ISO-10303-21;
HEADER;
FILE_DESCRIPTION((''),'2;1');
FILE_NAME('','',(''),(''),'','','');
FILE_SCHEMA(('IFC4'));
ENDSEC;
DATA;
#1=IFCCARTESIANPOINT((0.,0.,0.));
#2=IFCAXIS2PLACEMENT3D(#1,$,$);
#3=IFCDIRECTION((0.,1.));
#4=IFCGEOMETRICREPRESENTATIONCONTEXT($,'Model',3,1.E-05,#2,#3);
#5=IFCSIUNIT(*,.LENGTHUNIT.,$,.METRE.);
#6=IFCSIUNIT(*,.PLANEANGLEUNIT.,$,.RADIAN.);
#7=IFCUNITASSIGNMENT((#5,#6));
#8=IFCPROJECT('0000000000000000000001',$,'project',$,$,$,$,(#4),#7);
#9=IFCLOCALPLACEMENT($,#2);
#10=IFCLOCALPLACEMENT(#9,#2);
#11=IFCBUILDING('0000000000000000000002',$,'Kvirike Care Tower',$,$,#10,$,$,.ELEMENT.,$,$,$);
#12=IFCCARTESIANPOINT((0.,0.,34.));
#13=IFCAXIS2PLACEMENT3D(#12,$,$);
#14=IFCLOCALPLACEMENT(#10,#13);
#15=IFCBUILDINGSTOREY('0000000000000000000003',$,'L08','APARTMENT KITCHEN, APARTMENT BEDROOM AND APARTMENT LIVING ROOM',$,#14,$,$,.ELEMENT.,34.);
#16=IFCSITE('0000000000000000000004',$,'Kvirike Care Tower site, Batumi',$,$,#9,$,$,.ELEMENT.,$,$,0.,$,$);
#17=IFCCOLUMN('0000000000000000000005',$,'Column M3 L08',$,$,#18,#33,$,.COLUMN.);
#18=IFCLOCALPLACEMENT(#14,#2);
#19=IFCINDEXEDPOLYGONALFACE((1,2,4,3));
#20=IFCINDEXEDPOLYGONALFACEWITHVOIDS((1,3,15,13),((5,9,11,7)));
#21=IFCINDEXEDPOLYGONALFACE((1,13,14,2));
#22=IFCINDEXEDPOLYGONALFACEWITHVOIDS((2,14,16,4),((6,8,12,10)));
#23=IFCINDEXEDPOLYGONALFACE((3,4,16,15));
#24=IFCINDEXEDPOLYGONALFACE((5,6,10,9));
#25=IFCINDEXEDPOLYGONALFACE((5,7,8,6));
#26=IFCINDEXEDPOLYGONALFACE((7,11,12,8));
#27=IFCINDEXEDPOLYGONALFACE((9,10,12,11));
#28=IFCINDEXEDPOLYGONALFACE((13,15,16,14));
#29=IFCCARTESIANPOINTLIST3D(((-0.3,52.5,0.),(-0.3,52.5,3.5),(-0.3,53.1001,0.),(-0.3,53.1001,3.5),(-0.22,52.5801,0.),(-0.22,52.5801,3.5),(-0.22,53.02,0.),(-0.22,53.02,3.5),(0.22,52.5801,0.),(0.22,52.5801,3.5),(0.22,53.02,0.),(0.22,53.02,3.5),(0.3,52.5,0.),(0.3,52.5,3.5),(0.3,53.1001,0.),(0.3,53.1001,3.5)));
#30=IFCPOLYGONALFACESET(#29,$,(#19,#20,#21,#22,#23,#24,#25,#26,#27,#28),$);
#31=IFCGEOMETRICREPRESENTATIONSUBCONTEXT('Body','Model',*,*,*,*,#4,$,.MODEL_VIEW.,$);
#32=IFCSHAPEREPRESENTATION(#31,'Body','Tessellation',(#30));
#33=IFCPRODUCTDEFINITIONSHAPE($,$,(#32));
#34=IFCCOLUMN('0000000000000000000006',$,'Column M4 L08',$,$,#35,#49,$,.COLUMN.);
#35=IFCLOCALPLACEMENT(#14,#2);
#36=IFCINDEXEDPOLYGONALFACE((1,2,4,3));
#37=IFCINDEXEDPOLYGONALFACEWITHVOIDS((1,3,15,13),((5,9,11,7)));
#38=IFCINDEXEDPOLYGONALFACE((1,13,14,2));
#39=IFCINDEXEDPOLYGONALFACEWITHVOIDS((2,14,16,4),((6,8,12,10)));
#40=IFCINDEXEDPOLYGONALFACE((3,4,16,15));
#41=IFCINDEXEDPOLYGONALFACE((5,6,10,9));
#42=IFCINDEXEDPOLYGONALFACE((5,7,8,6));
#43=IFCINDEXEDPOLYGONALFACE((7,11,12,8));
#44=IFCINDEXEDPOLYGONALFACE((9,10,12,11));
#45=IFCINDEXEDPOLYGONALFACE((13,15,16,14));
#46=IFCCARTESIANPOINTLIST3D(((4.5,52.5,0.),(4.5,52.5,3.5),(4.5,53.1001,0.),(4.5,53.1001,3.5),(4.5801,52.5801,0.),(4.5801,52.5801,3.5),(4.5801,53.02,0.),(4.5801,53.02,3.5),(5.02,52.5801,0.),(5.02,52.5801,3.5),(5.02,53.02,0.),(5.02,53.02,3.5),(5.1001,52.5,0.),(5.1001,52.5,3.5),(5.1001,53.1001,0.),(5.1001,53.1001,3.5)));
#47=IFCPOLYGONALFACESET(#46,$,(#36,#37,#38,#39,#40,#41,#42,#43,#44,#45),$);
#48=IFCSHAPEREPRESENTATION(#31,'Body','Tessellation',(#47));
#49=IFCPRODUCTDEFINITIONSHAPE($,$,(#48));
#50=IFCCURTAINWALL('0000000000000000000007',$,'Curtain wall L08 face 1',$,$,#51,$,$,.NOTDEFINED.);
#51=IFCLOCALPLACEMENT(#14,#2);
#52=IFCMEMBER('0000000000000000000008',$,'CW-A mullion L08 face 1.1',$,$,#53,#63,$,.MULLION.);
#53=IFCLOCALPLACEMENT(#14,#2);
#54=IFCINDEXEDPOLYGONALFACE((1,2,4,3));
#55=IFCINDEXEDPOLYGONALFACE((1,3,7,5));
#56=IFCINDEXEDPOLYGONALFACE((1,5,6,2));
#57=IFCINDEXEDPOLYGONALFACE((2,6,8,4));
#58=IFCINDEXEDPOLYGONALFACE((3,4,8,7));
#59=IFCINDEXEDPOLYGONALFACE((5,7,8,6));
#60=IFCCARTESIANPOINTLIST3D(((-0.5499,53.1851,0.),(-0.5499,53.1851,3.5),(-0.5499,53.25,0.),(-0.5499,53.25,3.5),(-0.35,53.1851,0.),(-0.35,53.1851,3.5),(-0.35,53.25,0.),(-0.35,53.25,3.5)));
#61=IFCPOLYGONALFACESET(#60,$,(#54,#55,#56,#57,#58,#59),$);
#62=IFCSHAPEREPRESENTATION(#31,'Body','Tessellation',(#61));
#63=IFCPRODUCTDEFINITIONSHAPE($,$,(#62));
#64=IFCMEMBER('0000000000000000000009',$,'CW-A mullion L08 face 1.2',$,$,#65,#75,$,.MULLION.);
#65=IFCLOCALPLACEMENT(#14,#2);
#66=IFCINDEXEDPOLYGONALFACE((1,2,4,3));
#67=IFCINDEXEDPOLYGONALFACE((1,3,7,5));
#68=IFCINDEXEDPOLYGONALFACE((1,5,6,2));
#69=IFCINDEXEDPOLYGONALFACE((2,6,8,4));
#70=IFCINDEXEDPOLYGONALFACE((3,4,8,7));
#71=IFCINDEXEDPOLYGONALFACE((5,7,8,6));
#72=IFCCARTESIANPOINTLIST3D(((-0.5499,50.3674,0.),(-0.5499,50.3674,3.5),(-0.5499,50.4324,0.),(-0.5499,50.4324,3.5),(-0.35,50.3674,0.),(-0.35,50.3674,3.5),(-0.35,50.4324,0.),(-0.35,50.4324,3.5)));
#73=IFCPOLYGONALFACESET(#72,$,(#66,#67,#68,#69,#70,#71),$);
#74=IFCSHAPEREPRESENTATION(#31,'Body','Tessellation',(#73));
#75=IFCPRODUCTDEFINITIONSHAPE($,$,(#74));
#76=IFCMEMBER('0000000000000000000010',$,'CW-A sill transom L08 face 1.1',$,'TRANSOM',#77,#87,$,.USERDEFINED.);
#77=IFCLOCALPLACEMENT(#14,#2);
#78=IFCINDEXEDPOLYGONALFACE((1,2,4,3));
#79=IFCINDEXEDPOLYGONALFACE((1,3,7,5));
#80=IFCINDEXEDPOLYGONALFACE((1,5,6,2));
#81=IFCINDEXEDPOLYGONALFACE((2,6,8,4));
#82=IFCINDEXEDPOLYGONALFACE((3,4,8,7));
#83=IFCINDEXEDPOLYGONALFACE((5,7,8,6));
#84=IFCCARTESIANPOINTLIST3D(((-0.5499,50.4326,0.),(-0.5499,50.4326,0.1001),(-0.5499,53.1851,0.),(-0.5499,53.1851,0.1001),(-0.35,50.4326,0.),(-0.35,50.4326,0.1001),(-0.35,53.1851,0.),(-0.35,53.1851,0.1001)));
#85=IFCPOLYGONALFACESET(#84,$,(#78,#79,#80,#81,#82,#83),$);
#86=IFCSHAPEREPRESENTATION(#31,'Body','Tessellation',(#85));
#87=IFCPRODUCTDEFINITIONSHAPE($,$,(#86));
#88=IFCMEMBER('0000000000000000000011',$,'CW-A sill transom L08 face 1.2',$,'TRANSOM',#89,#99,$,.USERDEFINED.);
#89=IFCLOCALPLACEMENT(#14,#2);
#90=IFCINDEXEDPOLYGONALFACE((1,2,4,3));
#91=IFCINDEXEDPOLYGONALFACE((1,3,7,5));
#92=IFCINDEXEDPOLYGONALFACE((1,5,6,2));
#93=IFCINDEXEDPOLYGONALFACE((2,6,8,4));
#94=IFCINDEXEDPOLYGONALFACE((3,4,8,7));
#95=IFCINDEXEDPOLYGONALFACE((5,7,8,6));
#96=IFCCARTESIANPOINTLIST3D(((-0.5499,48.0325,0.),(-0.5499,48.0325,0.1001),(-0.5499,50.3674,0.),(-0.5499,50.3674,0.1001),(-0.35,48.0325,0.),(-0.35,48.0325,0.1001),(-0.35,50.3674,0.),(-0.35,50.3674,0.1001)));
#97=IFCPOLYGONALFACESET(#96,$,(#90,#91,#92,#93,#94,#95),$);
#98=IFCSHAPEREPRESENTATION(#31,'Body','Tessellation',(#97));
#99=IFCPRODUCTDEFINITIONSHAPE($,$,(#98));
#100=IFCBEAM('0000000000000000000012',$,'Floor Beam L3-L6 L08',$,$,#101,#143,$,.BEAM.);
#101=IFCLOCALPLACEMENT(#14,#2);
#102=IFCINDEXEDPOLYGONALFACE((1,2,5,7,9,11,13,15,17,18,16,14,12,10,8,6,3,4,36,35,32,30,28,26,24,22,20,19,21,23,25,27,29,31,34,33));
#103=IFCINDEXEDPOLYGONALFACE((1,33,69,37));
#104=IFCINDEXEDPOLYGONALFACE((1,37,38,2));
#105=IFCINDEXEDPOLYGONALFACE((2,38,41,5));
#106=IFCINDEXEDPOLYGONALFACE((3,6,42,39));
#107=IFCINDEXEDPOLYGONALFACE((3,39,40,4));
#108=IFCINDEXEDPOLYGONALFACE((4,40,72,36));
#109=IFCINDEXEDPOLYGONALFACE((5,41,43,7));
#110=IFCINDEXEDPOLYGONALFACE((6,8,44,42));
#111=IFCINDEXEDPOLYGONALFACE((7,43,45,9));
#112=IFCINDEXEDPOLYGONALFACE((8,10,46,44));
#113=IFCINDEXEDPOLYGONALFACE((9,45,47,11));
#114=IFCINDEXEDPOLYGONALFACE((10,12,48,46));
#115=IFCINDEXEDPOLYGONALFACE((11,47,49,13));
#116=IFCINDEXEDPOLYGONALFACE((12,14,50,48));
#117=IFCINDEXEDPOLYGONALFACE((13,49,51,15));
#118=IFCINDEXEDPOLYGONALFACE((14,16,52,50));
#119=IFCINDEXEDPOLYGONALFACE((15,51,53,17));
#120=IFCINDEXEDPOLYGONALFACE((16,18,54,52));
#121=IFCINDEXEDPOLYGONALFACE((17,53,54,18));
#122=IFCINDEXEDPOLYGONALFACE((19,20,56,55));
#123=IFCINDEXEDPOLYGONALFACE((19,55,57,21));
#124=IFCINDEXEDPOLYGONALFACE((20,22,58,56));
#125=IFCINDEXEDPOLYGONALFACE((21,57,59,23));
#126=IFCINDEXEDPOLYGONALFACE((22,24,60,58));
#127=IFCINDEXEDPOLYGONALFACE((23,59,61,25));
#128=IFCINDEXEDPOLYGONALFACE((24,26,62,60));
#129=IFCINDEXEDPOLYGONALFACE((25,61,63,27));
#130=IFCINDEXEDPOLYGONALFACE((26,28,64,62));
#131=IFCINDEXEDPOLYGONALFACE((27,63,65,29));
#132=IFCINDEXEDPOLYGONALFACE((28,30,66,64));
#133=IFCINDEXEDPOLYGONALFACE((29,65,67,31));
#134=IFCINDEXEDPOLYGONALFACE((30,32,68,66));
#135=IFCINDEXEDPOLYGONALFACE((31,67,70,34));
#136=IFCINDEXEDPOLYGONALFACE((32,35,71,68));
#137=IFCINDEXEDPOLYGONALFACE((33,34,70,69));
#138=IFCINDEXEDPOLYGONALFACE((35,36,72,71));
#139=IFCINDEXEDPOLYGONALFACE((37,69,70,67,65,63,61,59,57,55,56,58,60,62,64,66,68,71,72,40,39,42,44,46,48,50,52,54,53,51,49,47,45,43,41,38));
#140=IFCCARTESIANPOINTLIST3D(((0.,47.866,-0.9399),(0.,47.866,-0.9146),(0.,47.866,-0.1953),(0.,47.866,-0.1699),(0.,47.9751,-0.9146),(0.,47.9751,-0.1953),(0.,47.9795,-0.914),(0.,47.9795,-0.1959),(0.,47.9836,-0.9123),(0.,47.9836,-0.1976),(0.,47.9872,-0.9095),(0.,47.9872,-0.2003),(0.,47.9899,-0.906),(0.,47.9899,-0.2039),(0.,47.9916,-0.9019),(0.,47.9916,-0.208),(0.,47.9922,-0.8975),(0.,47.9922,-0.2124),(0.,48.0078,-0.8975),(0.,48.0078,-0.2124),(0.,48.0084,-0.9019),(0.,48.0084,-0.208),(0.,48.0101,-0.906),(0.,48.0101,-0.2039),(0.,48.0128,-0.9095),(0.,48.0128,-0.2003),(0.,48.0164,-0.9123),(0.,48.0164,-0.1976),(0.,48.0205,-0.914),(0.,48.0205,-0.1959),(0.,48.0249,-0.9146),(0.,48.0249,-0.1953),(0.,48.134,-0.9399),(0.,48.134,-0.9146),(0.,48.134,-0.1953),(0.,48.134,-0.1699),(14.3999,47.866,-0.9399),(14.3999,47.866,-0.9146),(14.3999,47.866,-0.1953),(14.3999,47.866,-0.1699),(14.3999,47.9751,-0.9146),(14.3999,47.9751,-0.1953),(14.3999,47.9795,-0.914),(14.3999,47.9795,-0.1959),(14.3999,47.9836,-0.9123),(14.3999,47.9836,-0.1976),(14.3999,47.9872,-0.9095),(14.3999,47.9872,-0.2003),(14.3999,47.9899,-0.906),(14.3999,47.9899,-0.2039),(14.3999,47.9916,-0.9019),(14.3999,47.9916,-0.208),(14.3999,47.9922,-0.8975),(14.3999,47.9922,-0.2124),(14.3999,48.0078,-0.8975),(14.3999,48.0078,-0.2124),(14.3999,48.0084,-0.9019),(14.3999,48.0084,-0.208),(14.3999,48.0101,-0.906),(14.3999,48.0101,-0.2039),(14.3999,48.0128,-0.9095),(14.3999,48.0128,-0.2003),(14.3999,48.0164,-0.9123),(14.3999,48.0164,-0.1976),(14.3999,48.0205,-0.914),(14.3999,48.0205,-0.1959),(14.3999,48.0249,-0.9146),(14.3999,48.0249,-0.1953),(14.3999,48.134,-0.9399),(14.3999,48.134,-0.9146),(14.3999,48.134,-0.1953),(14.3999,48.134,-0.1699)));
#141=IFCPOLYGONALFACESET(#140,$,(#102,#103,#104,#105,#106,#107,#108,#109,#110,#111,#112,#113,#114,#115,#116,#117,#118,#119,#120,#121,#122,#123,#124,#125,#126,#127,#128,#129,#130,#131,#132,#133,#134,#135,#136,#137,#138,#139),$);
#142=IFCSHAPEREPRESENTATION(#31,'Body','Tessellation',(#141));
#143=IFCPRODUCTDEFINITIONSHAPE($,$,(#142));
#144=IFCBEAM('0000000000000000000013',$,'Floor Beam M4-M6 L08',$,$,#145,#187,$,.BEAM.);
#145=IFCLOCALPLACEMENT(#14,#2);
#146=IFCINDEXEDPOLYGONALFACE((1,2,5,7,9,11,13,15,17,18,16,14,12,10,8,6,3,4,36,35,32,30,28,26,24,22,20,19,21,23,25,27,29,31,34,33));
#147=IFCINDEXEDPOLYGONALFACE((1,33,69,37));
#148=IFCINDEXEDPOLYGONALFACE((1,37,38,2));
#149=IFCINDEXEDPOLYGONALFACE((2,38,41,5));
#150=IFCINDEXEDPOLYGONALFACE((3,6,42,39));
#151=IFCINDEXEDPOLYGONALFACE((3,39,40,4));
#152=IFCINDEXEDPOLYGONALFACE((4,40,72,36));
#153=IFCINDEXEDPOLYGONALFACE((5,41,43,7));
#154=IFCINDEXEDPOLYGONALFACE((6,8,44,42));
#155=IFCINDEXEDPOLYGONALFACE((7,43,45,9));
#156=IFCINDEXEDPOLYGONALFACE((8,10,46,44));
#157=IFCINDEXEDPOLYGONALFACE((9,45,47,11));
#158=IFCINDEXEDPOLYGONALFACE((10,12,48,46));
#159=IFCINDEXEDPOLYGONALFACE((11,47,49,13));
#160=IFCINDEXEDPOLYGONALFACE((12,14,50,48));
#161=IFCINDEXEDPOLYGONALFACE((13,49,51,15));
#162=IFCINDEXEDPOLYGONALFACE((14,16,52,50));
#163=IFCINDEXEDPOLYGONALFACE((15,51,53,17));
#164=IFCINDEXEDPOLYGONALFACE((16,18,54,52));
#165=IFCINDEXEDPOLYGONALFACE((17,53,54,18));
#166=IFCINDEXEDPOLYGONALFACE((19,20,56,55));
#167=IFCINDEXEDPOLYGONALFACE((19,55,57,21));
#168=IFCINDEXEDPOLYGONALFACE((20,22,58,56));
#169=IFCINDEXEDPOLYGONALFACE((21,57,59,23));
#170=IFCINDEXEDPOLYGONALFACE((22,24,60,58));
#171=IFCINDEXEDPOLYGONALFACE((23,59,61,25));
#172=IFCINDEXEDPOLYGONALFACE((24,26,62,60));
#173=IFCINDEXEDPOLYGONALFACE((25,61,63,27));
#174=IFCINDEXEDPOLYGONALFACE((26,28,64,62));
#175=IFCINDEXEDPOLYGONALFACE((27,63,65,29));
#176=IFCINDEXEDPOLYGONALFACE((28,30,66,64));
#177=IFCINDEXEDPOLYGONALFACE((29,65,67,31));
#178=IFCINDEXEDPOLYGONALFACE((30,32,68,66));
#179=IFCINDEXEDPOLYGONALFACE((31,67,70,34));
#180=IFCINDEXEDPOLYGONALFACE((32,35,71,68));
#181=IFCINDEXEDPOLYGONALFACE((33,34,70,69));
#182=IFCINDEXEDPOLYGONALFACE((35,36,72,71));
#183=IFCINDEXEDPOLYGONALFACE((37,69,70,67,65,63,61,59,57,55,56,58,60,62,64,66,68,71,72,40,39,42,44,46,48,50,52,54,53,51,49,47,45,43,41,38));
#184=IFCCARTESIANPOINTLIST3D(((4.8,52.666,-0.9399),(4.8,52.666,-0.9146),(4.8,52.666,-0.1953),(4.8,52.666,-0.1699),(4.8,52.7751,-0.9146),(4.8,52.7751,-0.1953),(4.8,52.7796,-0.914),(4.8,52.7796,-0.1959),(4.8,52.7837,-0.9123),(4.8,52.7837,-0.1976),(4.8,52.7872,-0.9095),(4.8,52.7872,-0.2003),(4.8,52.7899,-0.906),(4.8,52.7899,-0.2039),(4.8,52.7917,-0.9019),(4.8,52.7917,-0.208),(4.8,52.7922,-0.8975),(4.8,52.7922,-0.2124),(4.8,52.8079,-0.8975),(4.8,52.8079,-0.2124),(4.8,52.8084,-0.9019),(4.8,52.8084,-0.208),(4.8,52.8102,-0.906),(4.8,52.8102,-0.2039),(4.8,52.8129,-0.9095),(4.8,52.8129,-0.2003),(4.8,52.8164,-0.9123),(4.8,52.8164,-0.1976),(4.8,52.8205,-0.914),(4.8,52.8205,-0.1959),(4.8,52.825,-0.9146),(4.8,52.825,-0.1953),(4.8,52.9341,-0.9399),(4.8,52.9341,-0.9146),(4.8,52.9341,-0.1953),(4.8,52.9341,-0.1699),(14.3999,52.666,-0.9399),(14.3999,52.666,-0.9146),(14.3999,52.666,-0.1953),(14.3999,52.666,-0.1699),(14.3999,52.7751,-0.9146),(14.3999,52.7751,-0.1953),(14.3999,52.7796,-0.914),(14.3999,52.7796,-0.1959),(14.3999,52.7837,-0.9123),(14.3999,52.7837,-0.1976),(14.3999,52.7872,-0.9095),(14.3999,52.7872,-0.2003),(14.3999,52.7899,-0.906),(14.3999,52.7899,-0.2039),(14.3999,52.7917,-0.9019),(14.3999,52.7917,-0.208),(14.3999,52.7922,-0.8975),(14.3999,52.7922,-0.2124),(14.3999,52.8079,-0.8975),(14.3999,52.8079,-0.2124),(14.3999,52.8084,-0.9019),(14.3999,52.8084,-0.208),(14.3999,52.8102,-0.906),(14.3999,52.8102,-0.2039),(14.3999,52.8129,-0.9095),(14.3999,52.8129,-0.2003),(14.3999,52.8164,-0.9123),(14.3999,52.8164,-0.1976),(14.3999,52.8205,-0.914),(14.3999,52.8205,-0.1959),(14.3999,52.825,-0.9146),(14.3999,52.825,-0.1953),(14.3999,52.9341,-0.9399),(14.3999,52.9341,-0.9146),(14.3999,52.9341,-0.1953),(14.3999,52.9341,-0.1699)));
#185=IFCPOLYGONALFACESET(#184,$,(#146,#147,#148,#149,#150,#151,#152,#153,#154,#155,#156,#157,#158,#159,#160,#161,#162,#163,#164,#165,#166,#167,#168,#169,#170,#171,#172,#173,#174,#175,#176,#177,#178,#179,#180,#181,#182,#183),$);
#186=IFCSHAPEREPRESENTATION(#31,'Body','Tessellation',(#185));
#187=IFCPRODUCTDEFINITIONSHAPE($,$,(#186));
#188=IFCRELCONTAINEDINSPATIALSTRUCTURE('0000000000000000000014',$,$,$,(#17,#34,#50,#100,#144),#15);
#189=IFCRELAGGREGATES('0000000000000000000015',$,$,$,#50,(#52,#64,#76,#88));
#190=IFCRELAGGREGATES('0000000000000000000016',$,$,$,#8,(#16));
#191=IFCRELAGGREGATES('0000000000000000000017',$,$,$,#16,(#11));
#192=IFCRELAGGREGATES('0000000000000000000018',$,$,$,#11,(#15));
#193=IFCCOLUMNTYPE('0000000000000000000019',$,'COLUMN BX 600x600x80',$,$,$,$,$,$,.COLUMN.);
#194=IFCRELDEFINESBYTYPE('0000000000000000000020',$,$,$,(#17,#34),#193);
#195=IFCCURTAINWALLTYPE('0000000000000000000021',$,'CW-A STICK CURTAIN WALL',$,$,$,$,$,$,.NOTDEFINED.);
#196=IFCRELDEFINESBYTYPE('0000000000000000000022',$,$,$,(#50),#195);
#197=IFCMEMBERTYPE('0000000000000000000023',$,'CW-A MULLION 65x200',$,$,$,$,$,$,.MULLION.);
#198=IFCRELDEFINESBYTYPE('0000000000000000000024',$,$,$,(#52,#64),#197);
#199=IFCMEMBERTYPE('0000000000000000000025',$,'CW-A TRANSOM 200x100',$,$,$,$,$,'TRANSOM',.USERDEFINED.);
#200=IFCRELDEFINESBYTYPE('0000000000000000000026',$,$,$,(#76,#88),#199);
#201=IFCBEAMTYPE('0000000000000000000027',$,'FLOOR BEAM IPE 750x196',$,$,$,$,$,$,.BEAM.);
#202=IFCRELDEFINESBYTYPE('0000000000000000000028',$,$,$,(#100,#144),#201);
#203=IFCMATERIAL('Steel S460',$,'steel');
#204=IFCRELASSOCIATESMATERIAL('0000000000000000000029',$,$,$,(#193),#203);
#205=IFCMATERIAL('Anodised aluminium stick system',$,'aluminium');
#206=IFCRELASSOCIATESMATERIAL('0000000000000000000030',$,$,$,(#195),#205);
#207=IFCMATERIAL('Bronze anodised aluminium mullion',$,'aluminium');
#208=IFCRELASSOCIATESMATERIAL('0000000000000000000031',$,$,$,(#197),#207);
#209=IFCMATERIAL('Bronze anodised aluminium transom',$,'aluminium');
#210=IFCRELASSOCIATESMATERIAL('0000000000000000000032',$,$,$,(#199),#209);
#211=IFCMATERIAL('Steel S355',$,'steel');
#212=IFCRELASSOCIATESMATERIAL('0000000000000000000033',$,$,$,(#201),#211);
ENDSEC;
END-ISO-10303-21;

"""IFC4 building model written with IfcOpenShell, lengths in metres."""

from ifc_helpers import new_model, si_unit, direction, frame, origin, origin_2d, place, context, subcontext, project, spatial, rectangle, hollow_rectangle, i_section, extrude, material, material_profile, profile_set, type_object, element, aggregate, save


model = new_model("IFC4")

# Units and contexts
model_context = context("Model", 3, precision=1e-05, world=origin(), true_north=direction((0.0, 1.0)))
body_context = subcontext(model_context, "Body", "Model", "MODEL_VIEW")
ifc_project = project(units=[si_unit("LENGTHUNIT", "METRE"), si_unit("PLANEANGLEUNIT", "RADIAN")], contexts=[model_context])

# Site, building, storey
site_placement = place(None, origin())
site = spatial("IfcSite", under=ifc_project, at=site_placement, Name="Kvirike Care Tower site, Batumi", CompositionType="ELEMENT", RefElevation=0.0)
building_placement = place(site_placement, origin())
building = spatial("IfcBuilding", under=site, at=building_placement, Name="Kvirike Care Tower", CompositionType="ELEMENT")
storey_placement = place(building_placement, frame((0.0, 0.0, 34.0)))
storey = spatial("IfcBuildingStorey", under=building, at=storey_placement, Name="L08", Description="APARTMENT KITCHEN, APARTMENT BEDROOM AND APARTMENT LIVING ROOM", CompositionType="ELEMENT", Elevation=34.0)

# Columns
ifc_material_1 = material(Name="Steel S460", Category="steel")
ifc_material_profile_1 = material_profile(ifc_material_1, hollow_rectangle(XDim=0.6001, YDim=0.6001, WallThickness=0.0801, at=origin_2d()), Name="BX 600x600x80")
ifc_profile_set_1 = profile_set([ifc_material_profile_1], Name="Steel S460")
column_type = type_object("IfcColumnType", Name="COLUMN BX 600x600x80", PredefinedType="COLUMN", material=ifc_profile_set_1)
for number, where, z_axis, x_axis, name in (
    (1, (0.0, 52.8, 0.0), (0.0, 0.0, 1.0), (0.0, 1.0, 0.0), "Column M3 L08"),
    (2, (4.8, 52.8, 0.0), (0.0, 0.0, 1.0), (0.0, 1.0, 0.0), "Column M4 L08"),
):
    element("IfcColumn", number, at=place(storey_placement, frame(where, z_axis=z_axis, x_axis=x_axis)), inside=storey, type_object=column_type, Name=name, PredefinedType="COLUMN", context=body_context, shape_type="SweptSolid", body=[
        extrude(hollow_rectangle(XDim=0.6001, YDim=0.6001, WallThickness=0.0801, at=origin_2d()), origin(), (0.0, 0.0, 1.0), 3.5),
    ])

# Curtain wall, members
ifc_material_2 = material(Name="Anodised aluminium stick system", Category="aluminium")
curtain_wall_type = type_object("IfcCurtainWallType", Name="CW-A STICK CURTAIN WALL", PredefinedType="NOTDEFINED", material=ifc_material_2)
curtain_wall_placement = place(storey_placement, origin())
curtain_wall = element("IfcCurtainWall", 3, at=curtain_wall_placement, inside=storey, type_object=curtain_wall_type, Name="Curtain wall L08 face 1", PredefinedType="NOTDEFINED")
ifc_material_3 = material(Name="Bronze anodised aluminium mullion", Category="aluminium")
ifc_material_profile_2 = material_profile(ifc_material_3, rectangle(XDim=0.0649, YDim=0.2, at=origin_2d()), Name="CW-A MULLION 65x200")
ifc_profile_set_2 = profile_set([ifc_material_profile_2], Name="Bronze anodised aluminium mullion")
member_type_1 = type_object("IfcMemberType", Name="CW-A MULLION 65x200", PredefinedType="MULLION", material=ifc_profile_set_2)
member_1_placement = place(storey_placement, frame((-0.45, 53.2175, 0.0), z_axis=(0.0, 0.0, 1.0), x_axis=(0.0, -1.0, 0.0)))
member_1 = element("IfcMember", 4, at=member_1_placement, type_object=member_type_1, Name="CW-A mullion L08 face 1.1", PredefinedType="MULLION", context=body_context, shape_type="SweptSolid", body=[
    extrude(rectangle(XDim=0.0649, YDim=0.2, at=origin_2d()), origin(), (0.0, 0.0, 1.0), 3.5),
])
member_2_placement = place(storey_placement, frame((-0.45, 50.3999, 0.0), z_axis=(0.0, 0.0, 1.0), x_axis=(0.0, -1.0, 0.0)))
member_2 = element("IfcMember", 5, at=member_2_placement, type_object=member_type_1, Name="CW-A mullion L08 face 1.2", PredefinedType="MULLION", context=body_context, shape_type="SweptSolid", body=[
    extrude(rectangle(XDim=0.0649, YDim=0.2, at=origin_2d()), origin(), (0.0, 0.0, 1.0), 3.5),
])
ifc_material_4 = material(Name="Bronze anodised aluminium transom", Category="aluminium")
ifc_material_profile_3 = material_profile(ifc_material_4, rectangle(XDim=0.2, YDim=0.1001, at=origin_2d()), Name="CW-A TRANSOM 200x100")
ifc_profile_set_3 = profile_set([ifc_material_profile_3], Name="Bronze anodised aluminium transom")
member_type_2 = type_object("IfcMemberType", Name="CW-A TRANSOM 200x100", ElementType="TRANSOM", PredefinedType="USERDEFINED", material=ifc_profile_set_3)
member_3_placement = place(storey_placement, frame((-0.45, 53.1851, 0.05), z_axis=(0.0, -1.0, 0.0), x_axis=(1.0, 0.0, 0.0)))
member_3 = element("IfcMember", 6, at=member_3_placement, type_object=member_type_2, Name="CW-A sill transom L08 face 1.1", ObjectType="TRANSOM", PredefinedType="USERDEFINED", context=body_context, shape_type="SweptSolid", body=[
    extrude(rectangle(XDim=0.2, YDim=0.1001, at=origin_2d()), origin(), (0.0, 0.0, 1.0), 2.7524),
])
member_4_placement = place(storey_placement, frame((-0.45, 50.3674, 0.05), z_axis=(0.0, -1.0, 0.0), x_axis=(1.0, 0.0, 0.0)))
member_4 = element("IfcMember", 7, at=member_4_placement, type_object=member_type_2, Name="CW-A sill transom L08 face 1.2", ObjectType="TRANSOM", PredefinedType="USERDEFINED", context=body_context, shape_type="SweptSolid", body=[
    extrude(rectangle(XDim=0.2, YDim=0.1001, at=origin_2d()), origin(), (0.0, 0.0, 1.0), 2.335),
])

# Beams
ifc_material_5 = material(Name="Steel S355", Category="steel")
ifc_material_profile_4 = material_profile(ifc_material_5, i_section(OverallWidth=0.2681, OverallDepth=0.77, WebThickness=0.0156, FlangeThickness=0.0254, FilletRadius=0.0171, at=origin_2d()), Name="IPE 750x196")
ifc_profile_set_4 = profile_set([ifc_material_profile_4], Name="Steel S355")
beam_type_1 = type_object("IfcBeamType", Name="FLOOR BEAM IPE 750x196", PredefinedType="BEAM", material=ifc_profile_set_4)
beam_1_placement = place(storey_placement, frame((0.0, 48.0, -0.5549), z_axis=(1.0, 0.0, 0.0), x_axis=(0.0, 1.0, 0.0)))
element("IfcBeam", 8, at=beam_1_placement, inside=storey, type_object=beam_type_1, Name="Floor Beam L3-L6 L08", PredefinedType="BEAM", context=body_context, shape_type="SweptSolid", body=[
    extrude(i_section(OverallWidth=0.2681, OverallDepth=0.77, WebThickness=0.0156, FlangeThickness=0.0254, FilletRadius=0.0171, at=origin_2d()), origin(), (0.0, 0.0, 1.0), 14.3999),
])
beam_2_placement = place(storey_placement, frame((4.8, 52.8, -0.5549), z_axis=(1.0, 0.0, 0.0), x_axis=(0.0, 1.0, 0.0)))
element("IfcBeam", 9, at=beam_2_placement, inside=storey, type_object=beam_type_1, Name="Floor Beam M4-M6 L08", PredefinedType="BEAM", context=body_context, shape_type="SweptSolid", body=[
    extrude(i_section(OverallWidth=0.2681, OverallDepth=0.77, WebThickness=0.0156, FlangeThickness=0.0254, FilletRadius=0.0171, at=origin_2d()), origin(), (0.0, 0.0, 1.0), 9.5999),
])

aggregate(curtain_wall, [member_1, member_2, member_3, member_4])

save(model, "model.ifc")
